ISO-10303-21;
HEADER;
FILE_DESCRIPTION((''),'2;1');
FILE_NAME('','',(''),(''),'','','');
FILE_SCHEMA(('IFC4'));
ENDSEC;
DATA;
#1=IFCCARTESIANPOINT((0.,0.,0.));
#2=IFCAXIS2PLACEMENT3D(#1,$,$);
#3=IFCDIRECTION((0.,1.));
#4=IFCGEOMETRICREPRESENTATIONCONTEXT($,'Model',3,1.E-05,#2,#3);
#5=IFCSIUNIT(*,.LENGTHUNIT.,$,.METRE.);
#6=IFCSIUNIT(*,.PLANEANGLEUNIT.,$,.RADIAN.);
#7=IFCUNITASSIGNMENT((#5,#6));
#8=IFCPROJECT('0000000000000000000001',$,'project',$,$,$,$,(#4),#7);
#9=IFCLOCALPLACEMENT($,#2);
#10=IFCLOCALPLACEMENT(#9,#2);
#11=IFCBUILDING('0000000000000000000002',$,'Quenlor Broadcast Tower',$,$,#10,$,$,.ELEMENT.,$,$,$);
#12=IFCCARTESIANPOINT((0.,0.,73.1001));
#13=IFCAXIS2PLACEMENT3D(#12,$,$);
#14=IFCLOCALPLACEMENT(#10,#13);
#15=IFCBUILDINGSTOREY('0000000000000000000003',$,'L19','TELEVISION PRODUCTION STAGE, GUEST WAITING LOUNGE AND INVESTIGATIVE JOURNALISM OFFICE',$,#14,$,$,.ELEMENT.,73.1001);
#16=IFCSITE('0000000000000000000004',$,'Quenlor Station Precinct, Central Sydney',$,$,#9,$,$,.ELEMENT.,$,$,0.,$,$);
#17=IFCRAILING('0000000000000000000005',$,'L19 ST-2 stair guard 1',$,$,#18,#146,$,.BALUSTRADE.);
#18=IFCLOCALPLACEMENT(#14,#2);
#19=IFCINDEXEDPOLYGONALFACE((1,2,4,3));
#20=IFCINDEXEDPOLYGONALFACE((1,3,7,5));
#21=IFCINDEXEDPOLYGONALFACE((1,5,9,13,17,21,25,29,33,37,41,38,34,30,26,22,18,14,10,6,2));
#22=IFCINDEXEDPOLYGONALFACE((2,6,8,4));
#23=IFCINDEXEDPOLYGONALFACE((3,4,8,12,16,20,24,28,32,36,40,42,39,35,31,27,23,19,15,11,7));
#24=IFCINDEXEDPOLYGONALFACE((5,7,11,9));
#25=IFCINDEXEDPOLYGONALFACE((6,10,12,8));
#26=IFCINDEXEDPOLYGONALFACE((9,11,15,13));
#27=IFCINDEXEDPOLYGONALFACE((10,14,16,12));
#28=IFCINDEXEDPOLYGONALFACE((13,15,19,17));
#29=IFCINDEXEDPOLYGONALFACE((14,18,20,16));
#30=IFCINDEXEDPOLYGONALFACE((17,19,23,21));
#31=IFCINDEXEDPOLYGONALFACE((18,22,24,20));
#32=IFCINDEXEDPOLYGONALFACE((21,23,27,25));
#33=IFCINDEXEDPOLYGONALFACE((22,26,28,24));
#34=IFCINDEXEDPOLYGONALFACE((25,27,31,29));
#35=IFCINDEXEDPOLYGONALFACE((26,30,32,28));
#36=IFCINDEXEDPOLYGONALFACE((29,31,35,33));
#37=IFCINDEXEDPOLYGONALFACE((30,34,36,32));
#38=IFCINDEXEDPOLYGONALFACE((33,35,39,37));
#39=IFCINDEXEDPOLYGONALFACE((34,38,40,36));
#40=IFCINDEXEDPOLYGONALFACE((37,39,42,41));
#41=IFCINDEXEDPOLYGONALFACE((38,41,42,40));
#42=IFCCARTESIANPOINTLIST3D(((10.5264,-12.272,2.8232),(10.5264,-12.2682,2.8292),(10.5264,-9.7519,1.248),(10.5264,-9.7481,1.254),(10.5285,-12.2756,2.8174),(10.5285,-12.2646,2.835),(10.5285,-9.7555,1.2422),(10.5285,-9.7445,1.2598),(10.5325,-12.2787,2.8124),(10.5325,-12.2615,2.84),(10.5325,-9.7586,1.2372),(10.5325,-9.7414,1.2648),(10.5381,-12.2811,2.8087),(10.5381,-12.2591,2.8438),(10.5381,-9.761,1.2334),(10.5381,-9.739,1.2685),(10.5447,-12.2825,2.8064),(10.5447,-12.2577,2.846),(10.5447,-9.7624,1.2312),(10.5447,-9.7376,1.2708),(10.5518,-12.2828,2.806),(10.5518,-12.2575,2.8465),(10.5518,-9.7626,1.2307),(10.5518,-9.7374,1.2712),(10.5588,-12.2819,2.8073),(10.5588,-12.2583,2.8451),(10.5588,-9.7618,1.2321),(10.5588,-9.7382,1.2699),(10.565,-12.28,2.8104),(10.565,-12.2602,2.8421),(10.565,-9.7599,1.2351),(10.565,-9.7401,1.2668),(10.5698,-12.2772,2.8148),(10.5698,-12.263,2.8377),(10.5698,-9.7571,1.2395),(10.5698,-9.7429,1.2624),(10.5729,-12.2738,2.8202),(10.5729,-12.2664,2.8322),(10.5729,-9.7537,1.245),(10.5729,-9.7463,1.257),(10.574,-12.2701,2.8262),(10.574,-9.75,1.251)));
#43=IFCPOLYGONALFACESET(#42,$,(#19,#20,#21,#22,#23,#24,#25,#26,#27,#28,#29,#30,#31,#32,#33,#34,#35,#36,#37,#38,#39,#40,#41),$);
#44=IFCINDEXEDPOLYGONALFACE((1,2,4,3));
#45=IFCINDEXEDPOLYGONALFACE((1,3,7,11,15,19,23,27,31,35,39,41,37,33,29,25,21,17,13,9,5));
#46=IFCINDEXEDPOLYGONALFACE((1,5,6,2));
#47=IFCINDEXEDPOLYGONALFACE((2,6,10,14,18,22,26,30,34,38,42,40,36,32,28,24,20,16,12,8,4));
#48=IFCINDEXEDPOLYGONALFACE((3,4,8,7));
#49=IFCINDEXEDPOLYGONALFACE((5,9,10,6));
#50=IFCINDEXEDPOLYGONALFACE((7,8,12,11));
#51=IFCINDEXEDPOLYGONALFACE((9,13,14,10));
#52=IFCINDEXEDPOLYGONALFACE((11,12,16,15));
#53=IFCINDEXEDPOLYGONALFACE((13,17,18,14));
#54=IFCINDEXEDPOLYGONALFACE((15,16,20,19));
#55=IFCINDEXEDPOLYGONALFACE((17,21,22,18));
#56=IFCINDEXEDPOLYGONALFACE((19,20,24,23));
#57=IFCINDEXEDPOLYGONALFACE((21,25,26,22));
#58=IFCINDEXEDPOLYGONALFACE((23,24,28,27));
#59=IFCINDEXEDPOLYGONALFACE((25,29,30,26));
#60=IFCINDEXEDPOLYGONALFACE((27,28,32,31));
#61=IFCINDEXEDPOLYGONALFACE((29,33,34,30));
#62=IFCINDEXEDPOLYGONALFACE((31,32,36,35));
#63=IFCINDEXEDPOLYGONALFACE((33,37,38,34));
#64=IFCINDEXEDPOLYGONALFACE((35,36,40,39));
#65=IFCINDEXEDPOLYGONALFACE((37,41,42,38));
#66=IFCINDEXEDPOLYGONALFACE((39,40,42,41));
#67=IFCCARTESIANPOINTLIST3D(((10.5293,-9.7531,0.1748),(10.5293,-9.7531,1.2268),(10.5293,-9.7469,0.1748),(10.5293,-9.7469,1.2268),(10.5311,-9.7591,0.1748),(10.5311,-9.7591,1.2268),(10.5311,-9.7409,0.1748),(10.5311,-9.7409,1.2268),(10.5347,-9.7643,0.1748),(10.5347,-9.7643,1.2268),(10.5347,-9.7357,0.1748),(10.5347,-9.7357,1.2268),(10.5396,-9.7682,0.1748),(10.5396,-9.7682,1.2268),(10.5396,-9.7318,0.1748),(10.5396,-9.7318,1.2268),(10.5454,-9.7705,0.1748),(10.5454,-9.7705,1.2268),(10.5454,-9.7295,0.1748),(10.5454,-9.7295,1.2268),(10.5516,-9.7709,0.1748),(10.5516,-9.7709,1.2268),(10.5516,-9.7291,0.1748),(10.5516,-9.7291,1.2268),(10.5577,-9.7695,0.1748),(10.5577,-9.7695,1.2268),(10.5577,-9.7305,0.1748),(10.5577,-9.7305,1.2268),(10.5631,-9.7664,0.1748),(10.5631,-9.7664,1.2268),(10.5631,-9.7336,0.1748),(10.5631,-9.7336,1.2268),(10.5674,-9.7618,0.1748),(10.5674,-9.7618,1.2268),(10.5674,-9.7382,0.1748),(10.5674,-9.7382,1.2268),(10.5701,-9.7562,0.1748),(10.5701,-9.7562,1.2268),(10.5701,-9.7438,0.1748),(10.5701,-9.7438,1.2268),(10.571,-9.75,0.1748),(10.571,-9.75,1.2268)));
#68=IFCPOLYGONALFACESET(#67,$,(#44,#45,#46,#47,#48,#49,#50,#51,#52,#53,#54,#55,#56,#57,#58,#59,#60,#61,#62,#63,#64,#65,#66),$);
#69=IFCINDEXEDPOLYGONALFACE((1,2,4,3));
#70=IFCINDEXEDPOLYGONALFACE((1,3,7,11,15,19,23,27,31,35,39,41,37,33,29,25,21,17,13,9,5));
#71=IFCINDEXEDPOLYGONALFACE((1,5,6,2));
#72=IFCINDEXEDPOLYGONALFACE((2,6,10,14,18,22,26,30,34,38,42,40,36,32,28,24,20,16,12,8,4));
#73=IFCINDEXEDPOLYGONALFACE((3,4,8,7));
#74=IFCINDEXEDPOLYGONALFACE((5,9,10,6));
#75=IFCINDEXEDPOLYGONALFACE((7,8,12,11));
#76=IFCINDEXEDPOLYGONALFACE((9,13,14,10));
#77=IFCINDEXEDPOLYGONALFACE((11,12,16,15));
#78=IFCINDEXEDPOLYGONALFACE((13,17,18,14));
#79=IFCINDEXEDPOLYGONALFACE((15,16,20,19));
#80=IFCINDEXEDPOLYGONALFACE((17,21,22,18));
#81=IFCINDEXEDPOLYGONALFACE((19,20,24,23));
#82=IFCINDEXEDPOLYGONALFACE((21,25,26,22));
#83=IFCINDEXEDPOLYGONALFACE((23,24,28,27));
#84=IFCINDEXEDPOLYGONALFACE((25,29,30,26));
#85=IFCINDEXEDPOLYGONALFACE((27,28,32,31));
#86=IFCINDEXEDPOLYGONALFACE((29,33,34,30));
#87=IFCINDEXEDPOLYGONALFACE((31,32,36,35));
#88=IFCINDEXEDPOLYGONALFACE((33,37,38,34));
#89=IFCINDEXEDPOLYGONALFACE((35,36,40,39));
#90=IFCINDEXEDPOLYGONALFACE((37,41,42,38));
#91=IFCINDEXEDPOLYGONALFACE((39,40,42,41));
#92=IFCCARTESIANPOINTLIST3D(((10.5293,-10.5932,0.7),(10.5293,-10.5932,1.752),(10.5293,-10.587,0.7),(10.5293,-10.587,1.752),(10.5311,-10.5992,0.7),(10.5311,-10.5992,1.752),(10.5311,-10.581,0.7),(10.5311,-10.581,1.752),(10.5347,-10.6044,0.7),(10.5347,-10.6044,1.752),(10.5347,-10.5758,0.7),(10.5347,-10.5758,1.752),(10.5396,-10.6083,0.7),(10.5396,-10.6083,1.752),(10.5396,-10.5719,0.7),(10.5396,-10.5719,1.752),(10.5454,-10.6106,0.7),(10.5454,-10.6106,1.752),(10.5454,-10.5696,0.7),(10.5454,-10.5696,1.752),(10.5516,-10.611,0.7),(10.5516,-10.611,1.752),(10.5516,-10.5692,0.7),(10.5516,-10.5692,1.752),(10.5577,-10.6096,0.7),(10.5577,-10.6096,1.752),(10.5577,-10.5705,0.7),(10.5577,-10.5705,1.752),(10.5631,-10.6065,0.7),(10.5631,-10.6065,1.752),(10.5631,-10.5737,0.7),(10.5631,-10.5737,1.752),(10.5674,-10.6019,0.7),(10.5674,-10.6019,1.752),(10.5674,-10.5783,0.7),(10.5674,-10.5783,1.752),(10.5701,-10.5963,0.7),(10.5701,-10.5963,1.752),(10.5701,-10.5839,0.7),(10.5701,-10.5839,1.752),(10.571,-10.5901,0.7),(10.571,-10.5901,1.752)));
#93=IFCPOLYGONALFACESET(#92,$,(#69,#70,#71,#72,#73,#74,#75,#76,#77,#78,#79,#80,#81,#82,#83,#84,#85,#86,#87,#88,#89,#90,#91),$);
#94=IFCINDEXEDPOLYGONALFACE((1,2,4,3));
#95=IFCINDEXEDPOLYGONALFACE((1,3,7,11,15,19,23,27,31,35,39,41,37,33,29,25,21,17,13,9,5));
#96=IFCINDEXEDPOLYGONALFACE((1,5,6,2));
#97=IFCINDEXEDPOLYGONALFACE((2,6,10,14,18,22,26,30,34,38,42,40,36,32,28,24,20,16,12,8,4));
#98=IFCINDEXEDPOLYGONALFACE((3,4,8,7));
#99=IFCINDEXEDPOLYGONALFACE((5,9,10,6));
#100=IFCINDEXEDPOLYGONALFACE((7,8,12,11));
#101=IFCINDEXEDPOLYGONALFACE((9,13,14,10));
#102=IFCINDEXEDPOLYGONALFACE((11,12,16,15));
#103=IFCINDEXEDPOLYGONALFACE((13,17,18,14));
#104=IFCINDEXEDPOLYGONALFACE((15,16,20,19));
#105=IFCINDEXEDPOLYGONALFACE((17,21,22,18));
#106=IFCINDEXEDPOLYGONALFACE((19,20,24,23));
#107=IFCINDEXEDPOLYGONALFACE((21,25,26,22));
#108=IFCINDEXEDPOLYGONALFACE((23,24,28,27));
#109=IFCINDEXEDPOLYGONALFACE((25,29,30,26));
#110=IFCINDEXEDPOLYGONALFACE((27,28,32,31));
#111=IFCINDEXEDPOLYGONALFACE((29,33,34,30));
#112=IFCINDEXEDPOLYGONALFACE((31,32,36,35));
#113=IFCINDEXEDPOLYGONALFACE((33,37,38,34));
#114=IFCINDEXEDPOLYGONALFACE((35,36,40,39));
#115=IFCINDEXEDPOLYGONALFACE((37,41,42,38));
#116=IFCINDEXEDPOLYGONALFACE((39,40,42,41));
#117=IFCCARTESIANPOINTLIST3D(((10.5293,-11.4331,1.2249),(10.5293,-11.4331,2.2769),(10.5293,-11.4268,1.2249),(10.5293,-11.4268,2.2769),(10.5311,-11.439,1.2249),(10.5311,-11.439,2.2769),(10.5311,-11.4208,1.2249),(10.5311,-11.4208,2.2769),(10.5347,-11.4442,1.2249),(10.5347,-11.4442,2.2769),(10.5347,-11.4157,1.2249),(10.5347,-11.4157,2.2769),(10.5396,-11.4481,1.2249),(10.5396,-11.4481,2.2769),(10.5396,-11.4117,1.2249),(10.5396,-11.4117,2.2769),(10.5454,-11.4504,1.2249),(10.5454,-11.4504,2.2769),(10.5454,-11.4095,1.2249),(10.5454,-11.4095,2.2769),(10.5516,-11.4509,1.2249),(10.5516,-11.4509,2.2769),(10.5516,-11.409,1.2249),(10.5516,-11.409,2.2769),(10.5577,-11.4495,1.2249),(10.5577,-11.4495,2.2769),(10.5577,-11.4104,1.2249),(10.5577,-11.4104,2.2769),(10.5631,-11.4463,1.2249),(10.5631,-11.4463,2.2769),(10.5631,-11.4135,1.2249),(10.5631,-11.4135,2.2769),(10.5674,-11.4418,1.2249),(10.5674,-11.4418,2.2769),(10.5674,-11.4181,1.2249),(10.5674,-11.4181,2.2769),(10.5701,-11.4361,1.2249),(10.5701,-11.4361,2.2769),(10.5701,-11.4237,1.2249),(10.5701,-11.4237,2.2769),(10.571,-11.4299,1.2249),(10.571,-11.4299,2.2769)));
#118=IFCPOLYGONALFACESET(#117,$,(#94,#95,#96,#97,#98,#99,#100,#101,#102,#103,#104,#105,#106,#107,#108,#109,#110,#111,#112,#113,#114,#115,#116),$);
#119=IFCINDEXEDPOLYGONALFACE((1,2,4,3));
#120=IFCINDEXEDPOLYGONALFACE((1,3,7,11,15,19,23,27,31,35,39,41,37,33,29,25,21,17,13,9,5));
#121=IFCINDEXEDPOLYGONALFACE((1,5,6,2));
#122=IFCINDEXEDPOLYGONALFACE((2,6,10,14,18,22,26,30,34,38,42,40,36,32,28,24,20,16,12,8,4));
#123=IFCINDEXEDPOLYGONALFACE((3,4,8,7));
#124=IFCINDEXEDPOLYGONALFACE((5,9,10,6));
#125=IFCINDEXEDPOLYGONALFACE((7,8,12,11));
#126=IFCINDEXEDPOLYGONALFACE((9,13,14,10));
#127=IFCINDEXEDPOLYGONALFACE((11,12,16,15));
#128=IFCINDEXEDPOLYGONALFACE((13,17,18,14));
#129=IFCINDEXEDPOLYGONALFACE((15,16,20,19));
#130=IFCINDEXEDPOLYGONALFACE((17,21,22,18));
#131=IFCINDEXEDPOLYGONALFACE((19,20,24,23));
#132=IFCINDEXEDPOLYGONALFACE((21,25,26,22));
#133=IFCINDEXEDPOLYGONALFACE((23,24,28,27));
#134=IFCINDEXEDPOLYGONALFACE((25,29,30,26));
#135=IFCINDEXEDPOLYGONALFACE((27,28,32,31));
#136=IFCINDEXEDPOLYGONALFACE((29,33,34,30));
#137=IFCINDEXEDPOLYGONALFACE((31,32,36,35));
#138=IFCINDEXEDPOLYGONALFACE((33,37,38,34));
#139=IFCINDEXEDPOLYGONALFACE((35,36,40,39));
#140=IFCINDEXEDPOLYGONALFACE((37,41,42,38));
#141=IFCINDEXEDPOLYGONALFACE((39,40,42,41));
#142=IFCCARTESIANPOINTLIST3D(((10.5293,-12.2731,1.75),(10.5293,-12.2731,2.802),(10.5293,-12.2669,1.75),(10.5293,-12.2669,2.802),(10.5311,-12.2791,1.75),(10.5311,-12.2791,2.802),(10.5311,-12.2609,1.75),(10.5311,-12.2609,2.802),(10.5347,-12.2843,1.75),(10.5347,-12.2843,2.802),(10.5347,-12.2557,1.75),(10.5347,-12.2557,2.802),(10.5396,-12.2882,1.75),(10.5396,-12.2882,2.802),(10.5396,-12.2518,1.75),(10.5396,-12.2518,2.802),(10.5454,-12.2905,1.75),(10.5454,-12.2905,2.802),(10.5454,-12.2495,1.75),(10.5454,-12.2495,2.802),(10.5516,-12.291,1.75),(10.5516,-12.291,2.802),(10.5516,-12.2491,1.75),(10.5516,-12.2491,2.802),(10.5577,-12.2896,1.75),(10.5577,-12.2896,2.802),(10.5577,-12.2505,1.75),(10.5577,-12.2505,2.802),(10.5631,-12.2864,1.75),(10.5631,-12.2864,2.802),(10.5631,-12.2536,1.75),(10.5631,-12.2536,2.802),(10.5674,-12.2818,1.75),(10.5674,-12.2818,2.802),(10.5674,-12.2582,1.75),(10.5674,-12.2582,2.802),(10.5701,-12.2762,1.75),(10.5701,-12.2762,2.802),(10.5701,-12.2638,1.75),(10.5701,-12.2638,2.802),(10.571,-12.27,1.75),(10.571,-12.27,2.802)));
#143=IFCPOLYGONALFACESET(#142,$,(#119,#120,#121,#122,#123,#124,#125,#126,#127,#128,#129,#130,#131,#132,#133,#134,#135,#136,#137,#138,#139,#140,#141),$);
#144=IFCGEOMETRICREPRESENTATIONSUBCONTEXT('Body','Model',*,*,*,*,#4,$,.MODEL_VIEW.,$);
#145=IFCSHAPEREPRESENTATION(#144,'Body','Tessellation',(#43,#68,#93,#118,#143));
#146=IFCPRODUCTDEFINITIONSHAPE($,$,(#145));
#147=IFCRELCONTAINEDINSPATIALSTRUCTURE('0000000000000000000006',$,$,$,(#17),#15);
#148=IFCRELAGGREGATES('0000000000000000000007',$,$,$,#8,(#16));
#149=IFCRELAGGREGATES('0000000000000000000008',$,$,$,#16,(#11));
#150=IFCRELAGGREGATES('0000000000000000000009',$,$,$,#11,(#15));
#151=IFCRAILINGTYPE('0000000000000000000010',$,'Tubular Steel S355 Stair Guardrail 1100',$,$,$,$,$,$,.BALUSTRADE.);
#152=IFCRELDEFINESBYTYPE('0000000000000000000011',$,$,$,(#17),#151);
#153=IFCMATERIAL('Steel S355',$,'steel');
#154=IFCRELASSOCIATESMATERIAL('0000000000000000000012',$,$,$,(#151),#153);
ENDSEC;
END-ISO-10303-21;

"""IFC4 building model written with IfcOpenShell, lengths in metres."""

from ifc_helpers import new_model, si_unit, direction, frame, origin, origin_2d, place, context, subcontext, project, spatial, circle, extrude, material, type_object, element, save


model = new_model("IFC4")

# Units and contexts
model_context = context("Model", 3, precision=1e-05, world=origin(), true_north=direction((0.0, 1.0)))
body_context = subcontext(model_context, "Body", "Model", "MODEL_VIEW")
ifc_project = project(units=[si_unit("LENGTHUNIT", "METRE"), si_unit("PLANEANGLEUNIT", "RADIAN")], contexts=[model_context])

# Site, building, storey
site_placement = place(None, origin())
site = spatial("IfcSite", under=ifc_project, at=site_placement, Name="Quenlor Station Precinct, Central Sydney", CompositionType="ELEMENT", RefElevation=0.0)
building_placement = place(site_placement, origin())
building = spatial("IfcBuilding", under=site, at=building_placement, Name="Quenlor Broadcast Tower", CompositionType="ELEMENT")
storey_placement = place(building_placement, frame((0.0, 0.0, 73.1001)))
storey = spatial("IfcBuildingStorey", under=building, at=storey_placement, Name="L19", Description="TELEVISION PRODUCTION STAGE, GUEST WAITING LOUNGE AND INVESTIGATIVE JOURNALISM OFFICE", CompositionType="ELEMENT", Elevation=73.1001)

# Railing
ifc_material_1 = material(Name="Steel S355", Category="steel")
railing_type_1 = type_object("IfcRailingType", Name="Tubular Steel S355 Stair Guardrail 1100", PredefinedType="BALUSTRADE", material=ifc_material_1)
railing_1_placement = place(storey_placement, frame((10.55, -9.75, 0.1748)))
element("IfcRailing", 1, at=railing_1_placement, inside=storey, type_object=railing_type_1, Name="L19 ST-2 stair guard 1", PredefinedType="BALUSTRADE", context=body_context, shape_type="SweptSolid", body=[
    extrude(circle(Radius=0.0239, at=origin_2d()), frame((0.0, 0.0, 1.0762), z_axis=(0.0, -0.847971, 0.530043), x_axis=(1.0, 0.0, 0.0)), (0.0, 0.0, 1.0), 2.9719),
    extrude(circle(Radius=0.021, at=origin_2d()), origin(), (0.0, 0.0, 1.0), 1.052),
    extrude(circle(Radius=0.021, at=origin_2d()), frame((0.0, -0.8401, 0.5251)), (0.0, 0.0, 1.0), 1.052),
    extrude(circle(Radius=0.021, at=origin_2d()), frame((0.0, -1.6799, 1.05)), (0.0, 0.0, 1.0), 1.052),
    extrude(circle(Radius=0.021, at=origin_2d()), frame((0.0, -2.52, 1.5752)), (0.0, 0.0, 1.0), 1.052),
])

save(model, "model.ifc")
